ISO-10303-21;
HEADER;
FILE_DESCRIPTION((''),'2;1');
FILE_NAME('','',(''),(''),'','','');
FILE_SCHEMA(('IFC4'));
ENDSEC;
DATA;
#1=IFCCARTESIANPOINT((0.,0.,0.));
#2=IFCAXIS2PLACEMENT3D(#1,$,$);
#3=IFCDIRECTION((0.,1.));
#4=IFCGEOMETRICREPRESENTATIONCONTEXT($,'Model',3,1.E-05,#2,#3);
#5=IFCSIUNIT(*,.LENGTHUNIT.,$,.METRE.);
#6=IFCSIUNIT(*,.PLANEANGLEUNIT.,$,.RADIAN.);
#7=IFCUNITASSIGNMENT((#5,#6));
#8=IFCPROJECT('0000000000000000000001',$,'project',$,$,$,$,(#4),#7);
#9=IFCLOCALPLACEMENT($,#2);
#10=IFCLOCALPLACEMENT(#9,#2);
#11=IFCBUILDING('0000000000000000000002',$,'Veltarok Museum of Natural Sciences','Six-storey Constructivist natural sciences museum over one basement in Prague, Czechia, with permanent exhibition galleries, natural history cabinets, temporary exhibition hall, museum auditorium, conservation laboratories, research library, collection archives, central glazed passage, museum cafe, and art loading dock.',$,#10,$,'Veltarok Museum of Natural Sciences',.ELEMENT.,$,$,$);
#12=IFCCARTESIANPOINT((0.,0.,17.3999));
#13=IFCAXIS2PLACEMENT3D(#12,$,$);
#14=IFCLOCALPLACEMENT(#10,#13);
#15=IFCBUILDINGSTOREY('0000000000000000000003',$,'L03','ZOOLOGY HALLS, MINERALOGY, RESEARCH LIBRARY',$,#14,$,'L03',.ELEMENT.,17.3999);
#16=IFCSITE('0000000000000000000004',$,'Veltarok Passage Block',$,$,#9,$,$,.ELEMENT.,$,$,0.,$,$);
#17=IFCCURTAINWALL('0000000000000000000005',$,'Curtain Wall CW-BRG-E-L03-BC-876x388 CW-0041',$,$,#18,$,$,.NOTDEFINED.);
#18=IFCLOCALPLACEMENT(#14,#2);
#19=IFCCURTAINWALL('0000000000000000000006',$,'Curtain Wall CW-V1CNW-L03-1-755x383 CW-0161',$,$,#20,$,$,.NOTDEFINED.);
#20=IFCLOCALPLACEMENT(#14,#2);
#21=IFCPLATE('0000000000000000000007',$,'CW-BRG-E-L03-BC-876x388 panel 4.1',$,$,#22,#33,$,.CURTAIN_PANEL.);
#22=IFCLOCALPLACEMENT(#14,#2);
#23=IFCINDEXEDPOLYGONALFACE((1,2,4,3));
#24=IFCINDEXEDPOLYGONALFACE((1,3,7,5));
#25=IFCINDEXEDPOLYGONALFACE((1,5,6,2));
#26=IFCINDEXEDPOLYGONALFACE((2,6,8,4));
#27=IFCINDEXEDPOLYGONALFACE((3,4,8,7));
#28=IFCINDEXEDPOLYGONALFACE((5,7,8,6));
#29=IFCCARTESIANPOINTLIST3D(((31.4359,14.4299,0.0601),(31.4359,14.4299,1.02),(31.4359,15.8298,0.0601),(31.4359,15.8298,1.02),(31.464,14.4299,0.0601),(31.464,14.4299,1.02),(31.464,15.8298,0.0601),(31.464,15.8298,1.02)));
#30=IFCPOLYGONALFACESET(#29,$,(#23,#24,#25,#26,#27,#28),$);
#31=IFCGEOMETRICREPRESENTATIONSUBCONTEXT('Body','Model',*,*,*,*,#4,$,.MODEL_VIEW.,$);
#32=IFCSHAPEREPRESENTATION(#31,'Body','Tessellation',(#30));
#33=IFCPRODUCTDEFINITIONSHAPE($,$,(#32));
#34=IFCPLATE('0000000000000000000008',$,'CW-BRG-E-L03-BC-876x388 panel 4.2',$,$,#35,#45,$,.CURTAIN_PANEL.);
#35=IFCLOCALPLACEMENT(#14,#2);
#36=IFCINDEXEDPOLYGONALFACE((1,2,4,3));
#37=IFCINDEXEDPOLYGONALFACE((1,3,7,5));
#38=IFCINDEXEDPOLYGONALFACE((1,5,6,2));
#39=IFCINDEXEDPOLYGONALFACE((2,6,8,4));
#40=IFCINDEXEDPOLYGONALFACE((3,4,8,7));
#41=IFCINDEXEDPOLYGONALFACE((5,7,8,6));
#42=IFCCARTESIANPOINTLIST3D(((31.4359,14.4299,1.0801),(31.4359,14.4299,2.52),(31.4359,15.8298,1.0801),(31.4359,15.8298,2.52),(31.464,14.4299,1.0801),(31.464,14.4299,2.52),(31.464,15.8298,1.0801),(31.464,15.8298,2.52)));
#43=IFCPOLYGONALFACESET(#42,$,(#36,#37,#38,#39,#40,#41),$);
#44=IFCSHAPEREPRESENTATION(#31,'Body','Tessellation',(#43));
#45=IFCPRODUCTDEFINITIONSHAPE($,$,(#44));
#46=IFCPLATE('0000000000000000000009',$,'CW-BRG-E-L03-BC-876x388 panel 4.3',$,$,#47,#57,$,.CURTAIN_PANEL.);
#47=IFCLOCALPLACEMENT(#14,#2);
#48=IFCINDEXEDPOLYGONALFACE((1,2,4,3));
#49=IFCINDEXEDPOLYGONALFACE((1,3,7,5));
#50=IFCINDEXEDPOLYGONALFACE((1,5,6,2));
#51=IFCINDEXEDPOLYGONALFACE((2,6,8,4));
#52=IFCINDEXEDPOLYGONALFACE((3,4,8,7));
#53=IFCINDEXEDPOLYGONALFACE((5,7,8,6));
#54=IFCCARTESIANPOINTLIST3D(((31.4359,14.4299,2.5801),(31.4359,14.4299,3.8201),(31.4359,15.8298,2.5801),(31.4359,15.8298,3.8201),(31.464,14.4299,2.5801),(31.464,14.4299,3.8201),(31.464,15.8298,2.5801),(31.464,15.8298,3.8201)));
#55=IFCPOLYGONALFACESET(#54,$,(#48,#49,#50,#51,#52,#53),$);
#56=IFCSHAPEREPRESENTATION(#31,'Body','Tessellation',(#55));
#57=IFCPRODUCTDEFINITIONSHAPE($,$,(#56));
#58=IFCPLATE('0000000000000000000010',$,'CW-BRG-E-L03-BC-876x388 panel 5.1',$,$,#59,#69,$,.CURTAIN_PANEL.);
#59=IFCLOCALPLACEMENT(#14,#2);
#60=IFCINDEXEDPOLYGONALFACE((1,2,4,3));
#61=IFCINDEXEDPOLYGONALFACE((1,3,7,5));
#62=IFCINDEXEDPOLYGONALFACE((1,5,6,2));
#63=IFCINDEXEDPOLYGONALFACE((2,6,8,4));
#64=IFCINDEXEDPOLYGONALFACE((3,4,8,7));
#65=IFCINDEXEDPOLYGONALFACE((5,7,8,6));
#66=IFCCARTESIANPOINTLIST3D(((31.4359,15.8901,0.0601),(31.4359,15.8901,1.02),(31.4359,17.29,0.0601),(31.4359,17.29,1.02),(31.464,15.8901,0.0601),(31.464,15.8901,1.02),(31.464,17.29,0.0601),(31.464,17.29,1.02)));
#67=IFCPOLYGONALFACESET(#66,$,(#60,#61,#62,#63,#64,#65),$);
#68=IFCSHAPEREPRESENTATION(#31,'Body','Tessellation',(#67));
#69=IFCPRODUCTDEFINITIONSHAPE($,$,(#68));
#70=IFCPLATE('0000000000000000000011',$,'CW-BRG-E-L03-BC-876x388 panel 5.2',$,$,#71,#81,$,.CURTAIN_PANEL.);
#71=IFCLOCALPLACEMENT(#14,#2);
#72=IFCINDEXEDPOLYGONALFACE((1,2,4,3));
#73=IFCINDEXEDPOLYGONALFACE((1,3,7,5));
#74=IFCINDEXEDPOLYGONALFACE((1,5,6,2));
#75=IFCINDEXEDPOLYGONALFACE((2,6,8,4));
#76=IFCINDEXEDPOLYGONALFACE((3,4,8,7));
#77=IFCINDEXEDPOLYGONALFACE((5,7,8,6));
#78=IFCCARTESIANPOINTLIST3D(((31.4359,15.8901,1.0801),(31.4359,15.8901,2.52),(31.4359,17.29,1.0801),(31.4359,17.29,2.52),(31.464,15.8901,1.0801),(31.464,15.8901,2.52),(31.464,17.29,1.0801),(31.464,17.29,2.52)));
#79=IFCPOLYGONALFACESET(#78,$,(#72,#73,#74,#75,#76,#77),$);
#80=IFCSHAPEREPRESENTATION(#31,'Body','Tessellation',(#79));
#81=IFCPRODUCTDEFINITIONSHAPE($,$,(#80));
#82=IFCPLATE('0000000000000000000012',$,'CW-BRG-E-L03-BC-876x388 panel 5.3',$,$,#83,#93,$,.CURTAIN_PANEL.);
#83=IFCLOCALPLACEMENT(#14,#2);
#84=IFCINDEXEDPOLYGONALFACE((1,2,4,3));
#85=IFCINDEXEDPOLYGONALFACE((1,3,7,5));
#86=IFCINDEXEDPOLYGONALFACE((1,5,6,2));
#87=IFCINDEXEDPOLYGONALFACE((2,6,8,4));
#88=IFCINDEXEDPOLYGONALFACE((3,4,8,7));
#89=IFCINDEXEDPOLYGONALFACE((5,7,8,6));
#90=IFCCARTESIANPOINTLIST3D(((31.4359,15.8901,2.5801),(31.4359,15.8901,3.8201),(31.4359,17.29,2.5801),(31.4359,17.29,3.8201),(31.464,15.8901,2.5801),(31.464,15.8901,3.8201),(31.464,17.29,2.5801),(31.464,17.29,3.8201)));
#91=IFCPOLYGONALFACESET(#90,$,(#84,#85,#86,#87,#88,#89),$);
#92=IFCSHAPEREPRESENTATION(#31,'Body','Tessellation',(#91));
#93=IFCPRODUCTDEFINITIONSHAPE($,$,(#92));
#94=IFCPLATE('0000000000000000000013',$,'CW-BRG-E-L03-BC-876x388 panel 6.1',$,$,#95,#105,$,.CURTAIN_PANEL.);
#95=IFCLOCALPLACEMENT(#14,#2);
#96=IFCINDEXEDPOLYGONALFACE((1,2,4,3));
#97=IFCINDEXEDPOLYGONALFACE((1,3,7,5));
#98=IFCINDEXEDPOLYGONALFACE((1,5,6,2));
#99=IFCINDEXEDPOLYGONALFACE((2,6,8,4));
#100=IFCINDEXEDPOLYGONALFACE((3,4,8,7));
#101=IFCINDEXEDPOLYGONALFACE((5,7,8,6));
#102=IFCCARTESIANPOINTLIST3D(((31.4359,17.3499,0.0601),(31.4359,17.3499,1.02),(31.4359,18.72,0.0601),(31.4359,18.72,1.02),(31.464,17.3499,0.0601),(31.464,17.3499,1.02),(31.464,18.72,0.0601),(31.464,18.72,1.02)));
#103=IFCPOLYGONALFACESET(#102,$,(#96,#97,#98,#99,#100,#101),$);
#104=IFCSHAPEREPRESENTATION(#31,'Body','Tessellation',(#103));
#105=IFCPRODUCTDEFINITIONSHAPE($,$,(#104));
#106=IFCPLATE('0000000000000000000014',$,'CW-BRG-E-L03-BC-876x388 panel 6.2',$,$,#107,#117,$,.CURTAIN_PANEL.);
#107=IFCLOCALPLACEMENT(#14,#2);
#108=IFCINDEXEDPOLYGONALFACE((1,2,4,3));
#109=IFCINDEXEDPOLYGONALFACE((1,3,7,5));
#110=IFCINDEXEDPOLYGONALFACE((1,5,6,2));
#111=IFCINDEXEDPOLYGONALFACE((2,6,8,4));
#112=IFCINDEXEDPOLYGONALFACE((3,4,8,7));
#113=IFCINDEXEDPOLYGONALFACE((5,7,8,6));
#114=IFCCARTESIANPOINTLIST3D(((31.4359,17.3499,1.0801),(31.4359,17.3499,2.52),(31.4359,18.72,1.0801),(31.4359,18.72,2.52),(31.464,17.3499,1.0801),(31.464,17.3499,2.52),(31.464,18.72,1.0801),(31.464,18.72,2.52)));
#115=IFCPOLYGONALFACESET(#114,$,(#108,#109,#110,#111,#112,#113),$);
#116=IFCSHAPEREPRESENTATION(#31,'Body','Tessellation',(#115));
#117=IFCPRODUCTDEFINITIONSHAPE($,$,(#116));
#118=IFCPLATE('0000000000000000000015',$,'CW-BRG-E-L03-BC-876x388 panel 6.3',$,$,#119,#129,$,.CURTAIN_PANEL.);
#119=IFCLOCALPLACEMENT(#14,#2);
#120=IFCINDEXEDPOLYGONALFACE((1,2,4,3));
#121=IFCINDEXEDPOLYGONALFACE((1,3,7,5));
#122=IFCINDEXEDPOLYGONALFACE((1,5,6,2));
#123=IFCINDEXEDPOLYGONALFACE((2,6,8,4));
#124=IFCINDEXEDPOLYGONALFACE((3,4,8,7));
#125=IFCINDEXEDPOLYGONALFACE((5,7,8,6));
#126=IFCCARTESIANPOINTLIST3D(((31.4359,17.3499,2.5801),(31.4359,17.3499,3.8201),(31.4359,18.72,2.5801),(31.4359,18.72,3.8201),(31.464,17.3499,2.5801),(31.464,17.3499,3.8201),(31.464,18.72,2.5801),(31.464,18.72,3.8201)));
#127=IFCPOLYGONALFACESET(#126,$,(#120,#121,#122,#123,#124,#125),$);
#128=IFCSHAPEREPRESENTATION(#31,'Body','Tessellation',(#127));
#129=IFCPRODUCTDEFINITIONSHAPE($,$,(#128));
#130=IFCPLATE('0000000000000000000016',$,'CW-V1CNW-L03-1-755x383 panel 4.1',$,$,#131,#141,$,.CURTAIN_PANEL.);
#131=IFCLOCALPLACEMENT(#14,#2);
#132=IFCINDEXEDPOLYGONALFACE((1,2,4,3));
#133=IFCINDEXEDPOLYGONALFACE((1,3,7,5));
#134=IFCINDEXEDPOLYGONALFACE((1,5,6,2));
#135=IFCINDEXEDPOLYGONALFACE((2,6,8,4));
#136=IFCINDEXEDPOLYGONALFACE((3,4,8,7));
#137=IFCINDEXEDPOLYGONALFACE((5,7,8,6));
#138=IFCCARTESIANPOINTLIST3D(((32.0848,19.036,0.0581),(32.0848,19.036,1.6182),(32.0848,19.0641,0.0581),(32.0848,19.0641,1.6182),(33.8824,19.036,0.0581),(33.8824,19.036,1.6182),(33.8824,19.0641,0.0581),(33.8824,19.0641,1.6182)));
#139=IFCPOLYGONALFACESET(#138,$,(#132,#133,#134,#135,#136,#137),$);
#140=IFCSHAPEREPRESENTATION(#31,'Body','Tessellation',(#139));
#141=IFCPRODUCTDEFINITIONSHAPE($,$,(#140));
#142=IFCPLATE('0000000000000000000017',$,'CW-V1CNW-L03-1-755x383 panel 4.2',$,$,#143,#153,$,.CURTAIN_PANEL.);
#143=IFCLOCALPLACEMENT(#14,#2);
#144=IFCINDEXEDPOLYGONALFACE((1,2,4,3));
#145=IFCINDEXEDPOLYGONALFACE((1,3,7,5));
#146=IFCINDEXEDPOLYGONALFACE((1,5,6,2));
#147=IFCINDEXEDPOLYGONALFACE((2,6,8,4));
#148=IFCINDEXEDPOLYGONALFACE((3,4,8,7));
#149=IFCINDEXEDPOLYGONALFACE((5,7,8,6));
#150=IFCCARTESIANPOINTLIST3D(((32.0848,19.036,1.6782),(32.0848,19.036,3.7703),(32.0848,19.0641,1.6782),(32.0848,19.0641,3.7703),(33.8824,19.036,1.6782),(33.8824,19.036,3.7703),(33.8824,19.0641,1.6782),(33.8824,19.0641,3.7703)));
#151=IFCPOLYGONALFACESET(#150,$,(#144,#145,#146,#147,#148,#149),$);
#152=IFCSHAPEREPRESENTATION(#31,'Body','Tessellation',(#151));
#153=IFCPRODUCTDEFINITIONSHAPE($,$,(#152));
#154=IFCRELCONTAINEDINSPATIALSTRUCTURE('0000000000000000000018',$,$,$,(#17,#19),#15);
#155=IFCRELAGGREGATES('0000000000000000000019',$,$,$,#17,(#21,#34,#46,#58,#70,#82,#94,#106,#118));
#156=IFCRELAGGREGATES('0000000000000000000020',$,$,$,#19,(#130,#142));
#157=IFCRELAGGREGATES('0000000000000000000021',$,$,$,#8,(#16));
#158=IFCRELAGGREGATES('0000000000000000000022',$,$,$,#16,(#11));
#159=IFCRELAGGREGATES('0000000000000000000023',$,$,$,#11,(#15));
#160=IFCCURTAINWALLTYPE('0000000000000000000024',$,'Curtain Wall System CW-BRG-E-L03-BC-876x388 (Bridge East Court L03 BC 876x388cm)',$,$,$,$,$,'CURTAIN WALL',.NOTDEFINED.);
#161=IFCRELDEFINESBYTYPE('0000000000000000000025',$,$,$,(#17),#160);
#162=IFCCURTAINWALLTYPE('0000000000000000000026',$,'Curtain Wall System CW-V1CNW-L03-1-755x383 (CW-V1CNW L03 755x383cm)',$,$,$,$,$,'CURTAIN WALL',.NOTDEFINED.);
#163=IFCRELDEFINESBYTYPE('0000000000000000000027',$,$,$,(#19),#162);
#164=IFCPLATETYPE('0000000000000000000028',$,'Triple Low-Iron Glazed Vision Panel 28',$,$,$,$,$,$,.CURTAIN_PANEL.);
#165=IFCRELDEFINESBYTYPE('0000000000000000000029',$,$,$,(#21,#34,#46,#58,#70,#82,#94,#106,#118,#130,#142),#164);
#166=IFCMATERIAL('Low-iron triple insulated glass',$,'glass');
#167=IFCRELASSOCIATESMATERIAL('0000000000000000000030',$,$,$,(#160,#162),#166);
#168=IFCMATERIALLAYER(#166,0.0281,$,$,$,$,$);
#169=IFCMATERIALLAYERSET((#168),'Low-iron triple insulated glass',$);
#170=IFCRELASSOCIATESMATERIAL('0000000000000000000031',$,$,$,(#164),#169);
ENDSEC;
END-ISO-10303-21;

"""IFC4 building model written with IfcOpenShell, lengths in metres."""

from ifc_helpers import new_model, si_unit, direction, frame, origin, origin_2d, place, context, subcontext, project, spatial, rectangle, extrude, material, layer, layer_set, type_object, element, aggregate, save


model = new_model("IFC4")

# Units and contexts
model_context = context("Model", 3, precision=1e-05, world=origin(), true_north=direction((0.0, 1.0)))
body_context = subcontext(model_context, "Body", "Model", "MODEL_VIEW")
ifc_project = project(units=[si_unit("LENGTHUNIT", "METRE"), si_unit("PLANEANGLEUNIT", "RADIAN")], contexts=[model_context])

# Site, building, storey
site_placement = place(None, origin())
site = spatial("IfcSite", under=ifc_project, at=site_placement, Name="Veltarok Passage Block", CompositionType="ELEMENT", RefElevation=0.0)
building_placement = place(site_placement, origin())
building = spatial("IfcBuilding", under=site, at=building_placement, Name="Veltarok Museum of Natural Sciences", Description="Six-storey Constructivist natural sciences museum over one basement in Prague, Czechia, with permanent exhibition galleries, natural history cabinets, temporary exhibition hall, museum auditorium, conservation laboratories, research library, collection archives, central glazed passage, museum cafe, and art loading dock.", LongName="Veltarok Museum of Natural Sciences", CompositionType="ELEMENT")
storey_placement = place(building_placement, frame((0.0, 0.0, 17.3999)))
storey = spatial("IfcBuildingStorey", under=building, at=storey_placement, Name="L03", Description="ZOOLOGY HALLS, MINERALOGY, RESEARCH LIBRARY", LongName="L03", CompositionType="ELEMENT", Elevation=17.3999)

# Curtain wall
ifc_material_1 = material(Name="Low-iron triple insulated glass", Category="glass")
curtain_wall_type_1 = type_object("IfcCurtainWallType", Name="Curtain Wall System CW-BRG-E-L03-BC-876x388 (Bridge East Court L03 BC 876x388cm)", ElementType="CURTAIN WALL", PredefinedType="NOTDEFINED", material=ifc_material_1)
curtain_wall_1_placement = place(storey_placement, origin())
curtain_wall_1 = element("IfcCurtainWall", 1, at=curtain_wall_1_placement, inside=storey, type_object=curtain_wall_type_1, Name="Curtain Wall CW-BRG-E-L03-BC-876x388 CW-0041", PredefinedType="NOTDEFINED")

# Curtain wall
curtain_wall_type_2 = type_object("IfcCurtainWallType", Name="Curtain Wall System CW-V1CNW-L03-1-755x383 (CW-V1CNW L03 755x383cm)", ElementType="CURTAIN WALL", PredefinedType="NOTDEFINED", material=ifc_material_1)
curtain_wall_2_placement = place(storey_placement, origin())
curtain_wall_2 = element("IfcCurtainWall", 2, at=curtain_wall_2_placement, inside=storey, type_object=curtain_wall_type_2, Name="Curtain Wall CW-V1CNW-L03-1-755x383 CW-0161", PredefinedType="NOTDEFINED")

# Plates
ifc_layer = layer(ifc_material_1, 0.0281)
ifc_layer_set = layer_set([ifc_layer], Name="Low-iron triple insulated glass")
plate_type = type_object("IfcPlateType", Name="Triple Low-Iron Glazed Vision Panel 28", PredefinedType="CURTAIN_PANEL", material=ifc_layer_set)
plate_1_placement = place(storey_placement, frame((31.45, 15.1299, 0.0601), z_axis=(0.0, 0.0, 1.0), x_axis=(0.0, 1.0, 0.0)))
plate_1 = element("IfcPlate", 3, at=plate_1_placement, type_object=plate_type, Name="CW-BRG-E-L03-BC-876x388 panel 4.1", PredefinedType="CURTAIN_PANEL", context=body_context, shape_type="SweptSolid", body=[
    extrude(rectangle(XDim=1.3999, YDim=0.0281, at=origin_2d()), origin(), (0.0, 0.0, 1.0), 0.96),
])
plate_2_placement = place(storey_placement, frame((31.45, 15.1299, 1.0801), z_axis=(0.0, 0.0, 1.0), x_axis=(0.0, 1.0, 0.0)))
plate_2 = element("IfcPlate", 4, at=plate_2_placement, type_object=plate_type, Name="CW-BRG-E-L03-BC-876x388 panel 4.2", PredefinedType="CURTAIN_PANEL", context=body_context, shape_type="SweptSolid", body=[
    extrude(rectangle(XDim=1.3999, YDim=0.0281, at=origin_2d()), origin(), (0.0, 0.0, 1.0), 1.4399),
])
plate_3_placement = place(storey_placement, frame((31.45, 15.1299, 2.5801), z_axis=(0.0, 0.0, 1.0), x_axis=(0.0, 1.0, 0.0)))
plate_3 = element("IfcPlate", 5, at=plate_3_placement, type_object=plate_type, Name="CW-BRG-E-L03-BC-876x388 panel 4.3", PredefinedType="CURTAIN_PANEL", context=body_context, shape_type="SweptSolid", body=[
    extrude(rectangle(XDim=1.3999, YDim=0.0281, at=origin_2d()), origin(), (0.0, 0.0, 1.0), 1.24),
])
plate_4_placement = place(storey_placement, frame((31.45, 16.5901, 0.0601), z_axis=(0.0, 0.0, 1.0), x_axis=(0.0, 1.0, 0.0)))
plate_4 = element("IfcPlate", 6, at=plate_4_placement, type_object=plate_type, Name="CW-BRG-E-L03-BC-876x388 panel 5.1", PredefinedType="CURTAIN_PANEL", context=body_context, shape_type="SweptSolid", body=[
    extrude(rectangle(XDim=1.3999, YDim=0.0281, at=origin_2d()), origin(), (0.0, 0.0, 1.0), 0.96),
])
plate_5_placement = place(storey_placement, frame((31.45, 16.5901, 1.0801), z_axis=(0.0, 0.0, 1.0), x_axis=(0.0, 1.0, 0.0)))
plate_5 = element("IfcPlate", 7, at=plate_5_placement, type_object=plate_type, Name="CW-BRG-E-L03-BC-876x388 panel 5.2", PredefinedType="CURTAIN_PANEL", context=body_context, shape_type="SweptSolid", body=[
    extrude(rectangle(XDim=1.3999, YDim=0.0281, at=origin_2d()), origin(), (0.0, 0.0, 1.0), 1.4399),
])
plate_6_placement = place(storey_placement, frame((31.45, 16.5901, 2.5801), z_axis=(0.0, 0.0, 1.0), x_axis=(0.0, 1.0, 0.0)))
plate_6 = element("IfcPlate", 8, at=plate_6_placement, type_object=plate_type, Name="CW-BRG-E-L03-BC-876x388 panel 5.3", PredefinedType="CURTAIN_PANEL", context=body_context, shape_type="SweptSolid", body=[
    extrude(rectangle(XDim=1.3999, YDim=0.0281, at=origin_2d()), origin(), (0.0, 0.0, 1.0), 1.24),
])
plate_7_placement = place(storey_placement, frame((31.45, 18.0349, 0.0601), z_axis=(0.0, 0.0, 1.0), x_axis=(0.0, 1.0, 0.0)))
plate_7 = element("IfcPlate", 9, at=plate_7_placement, type_object=plate_type, Name="CW-BRG-E-L03-BC-876x388 panel 6.1", PredefinedType="CURTAIN_PANEL", context=body_context, shape_type="SweptSolid", body=[
    extrude(rectangle(XDim=1.3701, YDim=0.0281, at=origin_2d()), origin(), (0.0, 0.0, 1.0), 0.96),
])
plate_8_placement = place(storey_placement, frame((31.45, 18.0349, 1.0801), z_axis=(0.0, 0.0, 1.0), x_axis=(0.0, 1.0, 0.0)))
plate_8 = element("IfcPlate", 10, at=plate_8_placement, type_object=plate_type, Name="CW-BRG-E-L03-BC-876x388 panel 6.2", PredefinedType="CURTAIN_PANEL", context=body_context, shape_type="SweptSolid", body=[
    extrude(rectangle(XDim=1.3701, YDim=0.0281, at=origin_2d()), origin(), (0.0, 0.0, 1.0), 1.4399),
])
plate_9_placement = place(storey_placement, frame((31.45, 18.0349, 2.5801), z_axis=(0.0, 0.0, 1.0), x_axis=(0.0, 1.0, 0.0)))
plate_9 = element("IfcPlate", 11, at=plate_9_placement, type_object=plate_type, Name="CW-BRG-E-L03-BC-876x388 panel 6.3", PredefinedType="CURTAIN_PANEL", context=body_context, shape_type="SweptSolid", body=[
    extrude(rectangle(XDim=1.3701, YDim=0.0281, at=origin_2d()), origin(), (0.0, 0.0, 1.0), 1.24),
])
aggregate(curtain_wall_1, [plate_1, plate_2, plate_3, plate_4, plate_5, plate_6, plate_7, plate_8, plate_9])
plate_10_placement = place(storey_placement, frame((32.9836, 19.05, 0.0581), z_axis=(0.0, 0.0, 1.0), x_axis=(-1.0, 0.0, 0.0)))
plate_10 = element("IfcPlate", 12, at=plate_10_placement, type_object=plate_type, Name="CW-V1CNW-L03-1-755x383 panel 4.1", PredefinedType="CURTAIN_PANEL", context=body_context, shape_type="SweptSolid", body=[
    extrude(rectangle(XDim=1.7976, YDim=0.0281, at=origin_2d()), origin(), (0.0, 0.0, 1.0), 1.5601),
])
plate_11_placement = place(storey_placement, frame((32.9836, 19.05, 1.6782), z_axis=(0.0, 0.0, 1.0), x_axis=(-1.0, 0.0, 0.0)))
plate_11 = element("IfcPlate", 13, at=plate_11_placement, type_object=plate_type, Name="CW-V1CNW-L03-1-755x383 panel 4.2", PredefinedType="CURTAIN_PANEL", context=body_context, shape_type="SweptSolid", body=[
    extrude(rectangle(XDim=1.7976, YDim=0.0281, at=origin_2d()), origin(), (0.0, 0.0, 1.0), 2.092),
])
aggregate(curtain_wall_2, [plate_10, plate_11])

save(model, "model.ifc")
